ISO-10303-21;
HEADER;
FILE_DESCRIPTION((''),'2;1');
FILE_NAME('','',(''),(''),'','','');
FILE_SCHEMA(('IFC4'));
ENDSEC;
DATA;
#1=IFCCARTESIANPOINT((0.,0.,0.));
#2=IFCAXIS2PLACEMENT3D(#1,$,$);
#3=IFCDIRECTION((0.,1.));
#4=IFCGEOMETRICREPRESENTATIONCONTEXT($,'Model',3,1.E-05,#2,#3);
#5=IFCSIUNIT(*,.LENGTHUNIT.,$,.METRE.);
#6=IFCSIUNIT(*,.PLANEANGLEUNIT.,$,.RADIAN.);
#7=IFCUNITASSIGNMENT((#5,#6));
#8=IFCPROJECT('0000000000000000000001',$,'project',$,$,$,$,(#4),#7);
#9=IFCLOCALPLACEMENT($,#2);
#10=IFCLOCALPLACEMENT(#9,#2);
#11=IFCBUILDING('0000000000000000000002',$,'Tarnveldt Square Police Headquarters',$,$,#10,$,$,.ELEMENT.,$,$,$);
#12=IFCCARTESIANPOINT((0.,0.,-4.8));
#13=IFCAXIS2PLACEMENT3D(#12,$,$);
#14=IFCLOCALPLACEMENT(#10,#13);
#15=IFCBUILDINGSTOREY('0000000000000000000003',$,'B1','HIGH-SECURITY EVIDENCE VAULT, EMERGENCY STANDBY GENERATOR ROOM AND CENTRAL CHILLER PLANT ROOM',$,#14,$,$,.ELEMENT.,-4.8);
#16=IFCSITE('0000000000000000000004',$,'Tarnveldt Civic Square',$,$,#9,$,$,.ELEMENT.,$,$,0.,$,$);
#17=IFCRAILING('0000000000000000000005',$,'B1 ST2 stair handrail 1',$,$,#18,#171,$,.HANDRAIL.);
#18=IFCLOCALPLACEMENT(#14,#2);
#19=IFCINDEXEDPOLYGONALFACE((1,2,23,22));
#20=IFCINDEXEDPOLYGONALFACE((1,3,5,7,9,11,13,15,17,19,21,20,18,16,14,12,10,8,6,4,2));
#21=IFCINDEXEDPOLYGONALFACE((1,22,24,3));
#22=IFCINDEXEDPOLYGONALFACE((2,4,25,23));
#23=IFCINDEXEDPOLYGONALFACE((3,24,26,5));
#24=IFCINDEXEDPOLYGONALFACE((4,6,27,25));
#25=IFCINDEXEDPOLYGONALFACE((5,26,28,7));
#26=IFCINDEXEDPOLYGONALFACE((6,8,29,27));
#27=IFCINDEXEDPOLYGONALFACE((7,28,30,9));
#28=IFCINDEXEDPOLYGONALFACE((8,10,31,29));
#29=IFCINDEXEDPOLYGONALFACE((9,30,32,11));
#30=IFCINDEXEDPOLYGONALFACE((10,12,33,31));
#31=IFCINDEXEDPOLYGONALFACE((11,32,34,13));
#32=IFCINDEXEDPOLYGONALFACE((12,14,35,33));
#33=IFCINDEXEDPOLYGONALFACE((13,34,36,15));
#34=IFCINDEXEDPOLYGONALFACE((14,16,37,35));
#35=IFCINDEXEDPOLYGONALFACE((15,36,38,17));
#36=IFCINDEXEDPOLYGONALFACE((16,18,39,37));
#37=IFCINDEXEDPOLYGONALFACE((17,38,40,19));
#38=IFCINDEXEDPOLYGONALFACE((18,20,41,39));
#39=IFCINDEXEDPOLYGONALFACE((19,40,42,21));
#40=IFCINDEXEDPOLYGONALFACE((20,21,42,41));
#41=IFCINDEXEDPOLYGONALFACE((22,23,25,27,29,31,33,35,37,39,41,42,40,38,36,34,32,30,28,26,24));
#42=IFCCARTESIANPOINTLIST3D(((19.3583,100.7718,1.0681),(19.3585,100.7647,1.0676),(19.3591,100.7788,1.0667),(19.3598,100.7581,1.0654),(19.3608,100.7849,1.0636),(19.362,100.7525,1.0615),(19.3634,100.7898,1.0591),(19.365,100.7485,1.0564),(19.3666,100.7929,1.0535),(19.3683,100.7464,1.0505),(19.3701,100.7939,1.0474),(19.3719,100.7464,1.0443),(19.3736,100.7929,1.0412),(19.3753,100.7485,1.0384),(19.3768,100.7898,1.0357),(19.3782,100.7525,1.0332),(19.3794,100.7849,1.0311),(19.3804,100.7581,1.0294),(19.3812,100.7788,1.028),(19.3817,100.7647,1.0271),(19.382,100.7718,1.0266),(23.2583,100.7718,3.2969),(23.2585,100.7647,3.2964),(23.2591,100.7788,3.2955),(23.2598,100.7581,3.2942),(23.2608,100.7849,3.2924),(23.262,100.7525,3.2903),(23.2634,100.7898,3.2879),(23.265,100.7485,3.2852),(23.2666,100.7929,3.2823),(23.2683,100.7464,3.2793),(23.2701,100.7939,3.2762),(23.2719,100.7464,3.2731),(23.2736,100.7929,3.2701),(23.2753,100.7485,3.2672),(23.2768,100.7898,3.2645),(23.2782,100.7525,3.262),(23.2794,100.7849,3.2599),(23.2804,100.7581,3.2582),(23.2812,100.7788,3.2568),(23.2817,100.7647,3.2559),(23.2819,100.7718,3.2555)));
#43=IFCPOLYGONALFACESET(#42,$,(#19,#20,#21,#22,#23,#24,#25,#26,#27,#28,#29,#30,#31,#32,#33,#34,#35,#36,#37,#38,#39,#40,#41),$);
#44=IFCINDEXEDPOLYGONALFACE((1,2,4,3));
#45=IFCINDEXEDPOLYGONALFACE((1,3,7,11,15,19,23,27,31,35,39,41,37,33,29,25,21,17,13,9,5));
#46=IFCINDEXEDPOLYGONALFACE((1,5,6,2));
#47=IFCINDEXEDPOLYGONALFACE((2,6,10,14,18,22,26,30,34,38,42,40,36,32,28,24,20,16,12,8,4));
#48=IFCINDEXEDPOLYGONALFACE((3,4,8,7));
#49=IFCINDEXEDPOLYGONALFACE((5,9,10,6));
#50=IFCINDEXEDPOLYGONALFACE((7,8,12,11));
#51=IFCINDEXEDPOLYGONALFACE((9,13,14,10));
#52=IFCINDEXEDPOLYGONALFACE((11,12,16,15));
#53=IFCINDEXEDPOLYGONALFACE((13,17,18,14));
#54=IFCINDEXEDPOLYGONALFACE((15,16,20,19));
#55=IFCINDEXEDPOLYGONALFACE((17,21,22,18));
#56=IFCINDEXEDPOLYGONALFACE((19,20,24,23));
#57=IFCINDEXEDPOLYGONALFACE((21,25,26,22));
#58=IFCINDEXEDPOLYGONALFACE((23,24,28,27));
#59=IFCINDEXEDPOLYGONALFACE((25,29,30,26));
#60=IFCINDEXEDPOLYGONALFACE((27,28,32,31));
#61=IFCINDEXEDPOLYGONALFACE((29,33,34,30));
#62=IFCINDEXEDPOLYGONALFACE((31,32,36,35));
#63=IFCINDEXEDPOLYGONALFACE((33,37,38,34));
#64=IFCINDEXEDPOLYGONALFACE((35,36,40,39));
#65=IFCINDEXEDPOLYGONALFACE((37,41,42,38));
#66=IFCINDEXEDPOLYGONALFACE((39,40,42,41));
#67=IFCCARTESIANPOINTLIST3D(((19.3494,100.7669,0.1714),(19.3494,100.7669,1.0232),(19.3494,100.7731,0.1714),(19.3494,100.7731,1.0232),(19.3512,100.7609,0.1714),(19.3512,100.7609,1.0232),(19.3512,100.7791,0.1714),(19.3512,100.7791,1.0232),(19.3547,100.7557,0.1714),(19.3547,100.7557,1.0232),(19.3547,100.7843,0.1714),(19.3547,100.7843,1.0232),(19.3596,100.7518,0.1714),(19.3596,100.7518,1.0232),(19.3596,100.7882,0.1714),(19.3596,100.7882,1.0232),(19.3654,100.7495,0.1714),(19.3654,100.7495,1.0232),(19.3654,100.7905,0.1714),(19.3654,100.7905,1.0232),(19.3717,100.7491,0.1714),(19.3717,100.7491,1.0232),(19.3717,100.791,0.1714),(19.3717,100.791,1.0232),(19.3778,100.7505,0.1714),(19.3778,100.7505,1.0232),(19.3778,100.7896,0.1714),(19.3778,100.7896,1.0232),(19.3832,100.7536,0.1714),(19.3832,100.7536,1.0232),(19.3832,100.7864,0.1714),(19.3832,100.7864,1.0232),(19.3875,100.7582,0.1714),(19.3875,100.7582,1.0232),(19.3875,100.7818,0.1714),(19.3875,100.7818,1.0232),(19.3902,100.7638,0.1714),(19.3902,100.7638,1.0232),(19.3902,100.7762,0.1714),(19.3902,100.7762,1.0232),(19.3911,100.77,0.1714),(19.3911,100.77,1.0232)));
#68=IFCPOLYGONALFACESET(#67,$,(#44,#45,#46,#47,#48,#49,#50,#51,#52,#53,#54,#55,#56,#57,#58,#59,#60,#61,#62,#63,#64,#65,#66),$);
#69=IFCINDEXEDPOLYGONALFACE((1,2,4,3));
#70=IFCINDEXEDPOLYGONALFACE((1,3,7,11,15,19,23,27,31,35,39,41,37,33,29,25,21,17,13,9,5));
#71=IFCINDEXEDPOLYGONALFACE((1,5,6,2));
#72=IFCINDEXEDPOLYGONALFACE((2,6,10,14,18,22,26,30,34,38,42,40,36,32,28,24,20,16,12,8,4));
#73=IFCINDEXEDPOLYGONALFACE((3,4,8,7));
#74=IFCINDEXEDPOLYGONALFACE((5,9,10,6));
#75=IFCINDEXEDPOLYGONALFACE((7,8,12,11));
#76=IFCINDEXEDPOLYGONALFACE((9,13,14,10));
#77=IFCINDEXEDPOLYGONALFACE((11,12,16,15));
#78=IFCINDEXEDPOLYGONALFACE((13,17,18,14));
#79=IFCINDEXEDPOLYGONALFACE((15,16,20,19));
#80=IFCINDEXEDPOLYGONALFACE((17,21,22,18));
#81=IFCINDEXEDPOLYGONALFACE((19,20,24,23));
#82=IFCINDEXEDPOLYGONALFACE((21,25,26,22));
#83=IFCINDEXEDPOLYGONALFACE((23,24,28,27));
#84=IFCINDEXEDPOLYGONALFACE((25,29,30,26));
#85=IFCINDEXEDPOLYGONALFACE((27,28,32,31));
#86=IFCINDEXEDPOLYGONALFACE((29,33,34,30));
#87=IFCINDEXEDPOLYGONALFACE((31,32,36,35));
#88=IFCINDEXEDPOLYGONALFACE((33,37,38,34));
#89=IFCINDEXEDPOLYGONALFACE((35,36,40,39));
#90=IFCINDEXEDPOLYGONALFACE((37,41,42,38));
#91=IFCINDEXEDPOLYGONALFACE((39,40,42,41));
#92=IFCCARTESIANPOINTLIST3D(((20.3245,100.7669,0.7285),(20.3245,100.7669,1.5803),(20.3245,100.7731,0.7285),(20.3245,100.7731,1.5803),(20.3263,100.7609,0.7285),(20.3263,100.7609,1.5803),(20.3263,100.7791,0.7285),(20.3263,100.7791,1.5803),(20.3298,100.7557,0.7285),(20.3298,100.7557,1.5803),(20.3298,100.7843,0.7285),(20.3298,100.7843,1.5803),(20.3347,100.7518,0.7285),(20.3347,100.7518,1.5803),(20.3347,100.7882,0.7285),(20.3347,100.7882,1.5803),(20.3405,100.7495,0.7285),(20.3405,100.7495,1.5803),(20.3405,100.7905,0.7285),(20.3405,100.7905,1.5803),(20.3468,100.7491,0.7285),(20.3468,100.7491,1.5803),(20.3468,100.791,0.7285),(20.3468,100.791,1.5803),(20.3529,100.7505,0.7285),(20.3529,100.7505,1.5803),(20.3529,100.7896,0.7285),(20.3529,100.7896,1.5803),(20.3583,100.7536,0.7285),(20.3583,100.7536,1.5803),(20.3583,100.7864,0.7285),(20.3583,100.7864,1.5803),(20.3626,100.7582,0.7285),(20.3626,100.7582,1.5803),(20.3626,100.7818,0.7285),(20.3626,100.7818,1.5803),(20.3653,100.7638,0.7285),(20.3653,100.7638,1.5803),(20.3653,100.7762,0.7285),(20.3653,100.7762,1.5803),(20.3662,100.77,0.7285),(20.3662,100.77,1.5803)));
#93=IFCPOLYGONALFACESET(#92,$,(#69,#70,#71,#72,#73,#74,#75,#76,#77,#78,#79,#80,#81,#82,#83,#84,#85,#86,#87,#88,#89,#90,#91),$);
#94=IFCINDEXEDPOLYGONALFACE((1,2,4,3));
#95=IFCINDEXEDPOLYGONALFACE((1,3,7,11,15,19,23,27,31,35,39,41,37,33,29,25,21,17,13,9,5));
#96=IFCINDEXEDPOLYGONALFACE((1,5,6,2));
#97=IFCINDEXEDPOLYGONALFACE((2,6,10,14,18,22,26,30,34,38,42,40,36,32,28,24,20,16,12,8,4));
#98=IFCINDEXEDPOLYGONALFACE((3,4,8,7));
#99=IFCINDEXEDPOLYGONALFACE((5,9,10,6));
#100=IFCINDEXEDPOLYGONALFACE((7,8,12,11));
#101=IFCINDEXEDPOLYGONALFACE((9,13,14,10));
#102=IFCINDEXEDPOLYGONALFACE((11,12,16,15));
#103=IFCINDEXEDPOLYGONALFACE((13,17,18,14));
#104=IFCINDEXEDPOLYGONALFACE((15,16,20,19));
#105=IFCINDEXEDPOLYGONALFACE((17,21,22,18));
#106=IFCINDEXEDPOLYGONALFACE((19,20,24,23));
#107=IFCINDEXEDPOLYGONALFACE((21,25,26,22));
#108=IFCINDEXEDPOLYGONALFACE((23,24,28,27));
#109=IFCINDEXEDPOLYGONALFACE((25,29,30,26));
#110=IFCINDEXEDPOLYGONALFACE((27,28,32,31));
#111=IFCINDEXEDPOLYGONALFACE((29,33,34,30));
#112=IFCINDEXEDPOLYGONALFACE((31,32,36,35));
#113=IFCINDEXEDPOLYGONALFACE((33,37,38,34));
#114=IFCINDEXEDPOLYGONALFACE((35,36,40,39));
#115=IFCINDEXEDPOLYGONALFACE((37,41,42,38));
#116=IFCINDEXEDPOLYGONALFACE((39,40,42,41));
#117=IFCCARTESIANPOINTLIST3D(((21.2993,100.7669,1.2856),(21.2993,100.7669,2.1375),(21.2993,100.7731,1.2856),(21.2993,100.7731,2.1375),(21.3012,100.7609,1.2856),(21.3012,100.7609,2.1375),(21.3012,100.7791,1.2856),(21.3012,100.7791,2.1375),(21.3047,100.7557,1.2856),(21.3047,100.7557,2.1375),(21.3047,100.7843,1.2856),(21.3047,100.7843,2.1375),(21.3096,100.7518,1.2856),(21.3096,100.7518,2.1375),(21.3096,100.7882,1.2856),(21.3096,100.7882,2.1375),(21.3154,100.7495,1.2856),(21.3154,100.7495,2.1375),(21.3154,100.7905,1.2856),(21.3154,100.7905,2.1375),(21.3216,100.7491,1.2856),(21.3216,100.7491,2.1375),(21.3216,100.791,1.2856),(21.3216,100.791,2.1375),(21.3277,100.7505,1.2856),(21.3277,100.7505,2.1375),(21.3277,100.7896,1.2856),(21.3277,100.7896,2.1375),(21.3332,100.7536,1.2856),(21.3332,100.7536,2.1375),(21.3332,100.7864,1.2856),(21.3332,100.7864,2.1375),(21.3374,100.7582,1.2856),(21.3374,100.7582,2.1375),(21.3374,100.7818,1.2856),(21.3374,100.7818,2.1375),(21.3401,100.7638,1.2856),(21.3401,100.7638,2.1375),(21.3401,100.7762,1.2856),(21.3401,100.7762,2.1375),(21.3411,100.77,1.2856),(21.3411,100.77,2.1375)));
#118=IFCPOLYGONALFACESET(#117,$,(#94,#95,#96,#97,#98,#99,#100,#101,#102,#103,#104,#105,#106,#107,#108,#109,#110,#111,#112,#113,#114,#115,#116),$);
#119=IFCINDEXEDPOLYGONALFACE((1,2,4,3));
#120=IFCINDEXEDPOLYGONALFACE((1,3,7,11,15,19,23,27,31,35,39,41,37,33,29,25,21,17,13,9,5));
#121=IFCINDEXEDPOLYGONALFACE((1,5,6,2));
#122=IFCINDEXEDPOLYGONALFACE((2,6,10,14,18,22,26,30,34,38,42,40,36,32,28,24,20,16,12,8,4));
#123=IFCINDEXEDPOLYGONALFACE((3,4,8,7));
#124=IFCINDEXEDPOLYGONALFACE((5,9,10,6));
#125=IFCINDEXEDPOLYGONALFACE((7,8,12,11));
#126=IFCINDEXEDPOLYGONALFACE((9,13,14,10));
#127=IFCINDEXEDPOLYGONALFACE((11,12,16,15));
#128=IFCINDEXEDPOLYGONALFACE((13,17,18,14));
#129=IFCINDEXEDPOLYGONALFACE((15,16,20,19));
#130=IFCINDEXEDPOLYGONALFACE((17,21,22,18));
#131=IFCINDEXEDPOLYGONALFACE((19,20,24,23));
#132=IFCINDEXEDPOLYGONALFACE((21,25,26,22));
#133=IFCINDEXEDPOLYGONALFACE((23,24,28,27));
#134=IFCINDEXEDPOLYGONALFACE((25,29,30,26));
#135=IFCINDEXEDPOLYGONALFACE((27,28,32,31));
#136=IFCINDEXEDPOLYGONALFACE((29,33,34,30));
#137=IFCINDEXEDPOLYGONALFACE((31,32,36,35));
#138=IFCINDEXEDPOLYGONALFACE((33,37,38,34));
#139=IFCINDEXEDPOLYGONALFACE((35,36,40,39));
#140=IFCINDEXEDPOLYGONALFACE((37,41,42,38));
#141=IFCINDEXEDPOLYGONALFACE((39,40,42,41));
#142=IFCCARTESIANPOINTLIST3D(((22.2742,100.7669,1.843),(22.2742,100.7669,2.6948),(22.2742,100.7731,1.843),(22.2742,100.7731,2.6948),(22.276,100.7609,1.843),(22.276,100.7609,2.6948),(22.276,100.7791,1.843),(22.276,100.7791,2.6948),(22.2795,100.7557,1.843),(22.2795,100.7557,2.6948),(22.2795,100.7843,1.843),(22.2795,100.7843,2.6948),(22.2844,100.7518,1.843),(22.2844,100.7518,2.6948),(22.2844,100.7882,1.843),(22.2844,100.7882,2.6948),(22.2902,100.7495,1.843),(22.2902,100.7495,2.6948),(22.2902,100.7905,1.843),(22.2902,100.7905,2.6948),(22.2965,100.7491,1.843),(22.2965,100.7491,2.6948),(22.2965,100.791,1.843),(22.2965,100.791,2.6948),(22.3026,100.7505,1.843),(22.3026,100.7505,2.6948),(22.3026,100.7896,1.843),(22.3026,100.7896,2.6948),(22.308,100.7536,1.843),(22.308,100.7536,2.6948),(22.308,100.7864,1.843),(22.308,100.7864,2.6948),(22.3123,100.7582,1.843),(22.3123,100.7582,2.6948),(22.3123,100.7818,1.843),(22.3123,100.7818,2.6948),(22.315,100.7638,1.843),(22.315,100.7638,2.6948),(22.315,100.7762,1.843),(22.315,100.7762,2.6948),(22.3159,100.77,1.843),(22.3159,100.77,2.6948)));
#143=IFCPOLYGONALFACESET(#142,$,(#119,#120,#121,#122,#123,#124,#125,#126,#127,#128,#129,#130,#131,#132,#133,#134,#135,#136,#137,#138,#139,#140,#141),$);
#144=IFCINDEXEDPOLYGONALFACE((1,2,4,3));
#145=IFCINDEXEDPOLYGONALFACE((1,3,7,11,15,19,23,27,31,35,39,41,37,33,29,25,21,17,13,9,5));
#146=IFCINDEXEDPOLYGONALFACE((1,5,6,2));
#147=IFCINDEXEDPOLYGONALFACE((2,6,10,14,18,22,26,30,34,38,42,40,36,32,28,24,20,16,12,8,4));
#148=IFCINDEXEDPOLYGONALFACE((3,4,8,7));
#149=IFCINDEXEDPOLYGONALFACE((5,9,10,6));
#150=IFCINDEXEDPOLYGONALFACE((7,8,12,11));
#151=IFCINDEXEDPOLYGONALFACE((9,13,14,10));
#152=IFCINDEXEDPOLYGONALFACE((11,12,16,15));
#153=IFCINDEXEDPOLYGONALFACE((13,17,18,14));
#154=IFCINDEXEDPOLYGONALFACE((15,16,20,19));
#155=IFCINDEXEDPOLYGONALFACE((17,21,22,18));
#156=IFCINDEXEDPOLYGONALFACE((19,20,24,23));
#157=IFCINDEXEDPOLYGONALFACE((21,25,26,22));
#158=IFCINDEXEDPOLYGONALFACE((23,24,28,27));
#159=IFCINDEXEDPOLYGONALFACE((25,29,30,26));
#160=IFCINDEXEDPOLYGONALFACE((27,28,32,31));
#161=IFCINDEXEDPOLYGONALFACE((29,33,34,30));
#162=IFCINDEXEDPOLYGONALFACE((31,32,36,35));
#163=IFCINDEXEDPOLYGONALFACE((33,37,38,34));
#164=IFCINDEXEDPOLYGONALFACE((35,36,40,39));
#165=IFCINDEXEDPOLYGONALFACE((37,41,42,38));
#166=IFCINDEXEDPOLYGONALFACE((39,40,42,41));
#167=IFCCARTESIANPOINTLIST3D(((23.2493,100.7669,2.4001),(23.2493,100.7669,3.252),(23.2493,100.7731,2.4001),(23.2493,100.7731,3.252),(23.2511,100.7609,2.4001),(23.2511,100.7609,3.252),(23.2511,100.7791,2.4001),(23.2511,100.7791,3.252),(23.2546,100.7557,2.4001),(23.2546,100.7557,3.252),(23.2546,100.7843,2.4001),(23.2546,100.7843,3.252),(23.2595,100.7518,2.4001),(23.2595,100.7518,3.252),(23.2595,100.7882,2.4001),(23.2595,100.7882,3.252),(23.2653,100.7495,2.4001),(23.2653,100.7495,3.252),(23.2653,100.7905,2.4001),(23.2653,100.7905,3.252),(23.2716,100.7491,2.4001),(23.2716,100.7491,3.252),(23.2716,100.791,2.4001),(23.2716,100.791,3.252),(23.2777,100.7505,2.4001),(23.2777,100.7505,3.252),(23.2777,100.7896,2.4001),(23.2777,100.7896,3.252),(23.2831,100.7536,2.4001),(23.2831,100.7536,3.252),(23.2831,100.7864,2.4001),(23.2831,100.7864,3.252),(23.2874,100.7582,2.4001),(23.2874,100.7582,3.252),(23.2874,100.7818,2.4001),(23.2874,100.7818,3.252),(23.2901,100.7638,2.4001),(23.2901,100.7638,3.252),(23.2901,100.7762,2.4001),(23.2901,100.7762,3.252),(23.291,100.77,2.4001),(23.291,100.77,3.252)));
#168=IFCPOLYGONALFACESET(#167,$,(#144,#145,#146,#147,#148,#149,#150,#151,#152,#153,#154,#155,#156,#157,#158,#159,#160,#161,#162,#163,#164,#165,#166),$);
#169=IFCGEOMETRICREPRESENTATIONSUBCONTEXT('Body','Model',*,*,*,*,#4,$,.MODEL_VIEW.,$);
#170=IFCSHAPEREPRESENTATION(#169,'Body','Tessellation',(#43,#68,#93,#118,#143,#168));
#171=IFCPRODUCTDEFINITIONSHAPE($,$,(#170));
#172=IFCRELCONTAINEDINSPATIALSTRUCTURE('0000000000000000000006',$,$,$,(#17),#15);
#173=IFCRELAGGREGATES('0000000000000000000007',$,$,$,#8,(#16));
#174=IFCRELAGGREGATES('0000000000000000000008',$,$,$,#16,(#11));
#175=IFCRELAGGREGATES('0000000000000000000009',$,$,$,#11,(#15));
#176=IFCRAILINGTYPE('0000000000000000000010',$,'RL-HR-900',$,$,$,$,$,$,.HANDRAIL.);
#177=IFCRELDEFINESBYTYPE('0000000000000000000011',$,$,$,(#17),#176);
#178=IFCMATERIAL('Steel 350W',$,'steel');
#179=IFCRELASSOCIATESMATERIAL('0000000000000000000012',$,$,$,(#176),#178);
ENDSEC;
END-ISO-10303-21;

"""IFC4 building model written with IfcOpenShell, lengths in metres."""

from ifc_helpers import new_model, si_unit, direction, frame, origin, origin_2d, place, context, subcontext, project, spatial, circle, extrude, material, type_object, element, save


model = new_model("IFC4")

# Units and contexts
model_context = context("Model", 3, precision=1e-05, world=origin(), true_north=direction((0.0, 1.0)))
body_context = subcontext(model_context, "Body", "Model", "MODEL_VIEW")
ifc_project = project(units=[si_unit("LENGTHUNIT", "METRE"), si_unit("PLANEANGLEUNIT", "RADIAN")], contexts=[model_context])

# Site, building, storey
site_placement = place(None, origin())
site = spatial("IfcSite", under=ifc_project, at=site_placement, Name="Tarnveldt Civic Square", CompositionType="ELEMENT", RefElevation=0.0)
building_placement = place(site_placement, origin())
building = spatial("IfcBuilding", under=site, at=building_placement, Name="Tarnveldt Square Police Headquarters", CompositionType="ELEMENT")
storey_placement = place(building_placement, frame((0.0, 0.0, -4.8)))
storey = spatial("IfcBuildingStorey", under=building, at=storey_placement, Name="B1", Description="HIGH-SECURITY EVIDENCE VAULT, EMERGENCY STANDBY GENERATOR ROOM AND CENTRAL CHILLER PLANT ROOM", CompositionType="ELEMENT", Elevation=-4.8)

# Railing
ifc_material_1 = material(Name="Steel 350W", Category="steel")
railing_type_1 = type_object("IfcRailingType", Name="RL-HR-900", PredefinedType="HANDRAIL", material=ifc_material_1)
railing_1_placement = place(storey_placement, frame((19.3701, 100.77, 0.1714)))
element("IfcRailing", 1, at=railing_1_placement, inside=storey, type_object=railing_type_1, Name="B1 ST2 stair handrail 1", PredefinedType="HANDRAIL", context=body_context, shape_type="SweptSolid", body=[
    extrude(circle(Radius=0.0239, at=origin_2d()), frame((0.0, 0.0, 0.876), z_axis=(0.86822, 0.0, 0.49618), x_axis=(0.0, 1.0, 0.0)), (0.0, 0.0, 1.0), 4.4919),
    extrude(circle(Radius=0.021, at=origin_2d()), origin(), (0.0, 0.0, 1.0), 0.8518),
    extrude(circle(Radius=0.021, at=origin_2d()), frame((0.9751, 0.0, 0.5571)), (0.0, 0.0, 1.0), 0.8518),
    extrude(circle(Radius=0.021, at=origin_2d()), frame((1.95, 0.0, 1.1143)), (0.0, 0.0, 1.0), 0.8518),
    extrude(circle(Radius=0.021, at=origin_2d()), frame((2.9248, 0.0, 1.6716)), (0.0, 0.0, 1.0), 0.8518),
    extrude(circle(Radius=0.021, at=origin_2d()), frame((3.8999, 0.0, 2.2288)), (0.0, 0.0, 1.0), 0.8518),
])

save(model, "model.ifc")
